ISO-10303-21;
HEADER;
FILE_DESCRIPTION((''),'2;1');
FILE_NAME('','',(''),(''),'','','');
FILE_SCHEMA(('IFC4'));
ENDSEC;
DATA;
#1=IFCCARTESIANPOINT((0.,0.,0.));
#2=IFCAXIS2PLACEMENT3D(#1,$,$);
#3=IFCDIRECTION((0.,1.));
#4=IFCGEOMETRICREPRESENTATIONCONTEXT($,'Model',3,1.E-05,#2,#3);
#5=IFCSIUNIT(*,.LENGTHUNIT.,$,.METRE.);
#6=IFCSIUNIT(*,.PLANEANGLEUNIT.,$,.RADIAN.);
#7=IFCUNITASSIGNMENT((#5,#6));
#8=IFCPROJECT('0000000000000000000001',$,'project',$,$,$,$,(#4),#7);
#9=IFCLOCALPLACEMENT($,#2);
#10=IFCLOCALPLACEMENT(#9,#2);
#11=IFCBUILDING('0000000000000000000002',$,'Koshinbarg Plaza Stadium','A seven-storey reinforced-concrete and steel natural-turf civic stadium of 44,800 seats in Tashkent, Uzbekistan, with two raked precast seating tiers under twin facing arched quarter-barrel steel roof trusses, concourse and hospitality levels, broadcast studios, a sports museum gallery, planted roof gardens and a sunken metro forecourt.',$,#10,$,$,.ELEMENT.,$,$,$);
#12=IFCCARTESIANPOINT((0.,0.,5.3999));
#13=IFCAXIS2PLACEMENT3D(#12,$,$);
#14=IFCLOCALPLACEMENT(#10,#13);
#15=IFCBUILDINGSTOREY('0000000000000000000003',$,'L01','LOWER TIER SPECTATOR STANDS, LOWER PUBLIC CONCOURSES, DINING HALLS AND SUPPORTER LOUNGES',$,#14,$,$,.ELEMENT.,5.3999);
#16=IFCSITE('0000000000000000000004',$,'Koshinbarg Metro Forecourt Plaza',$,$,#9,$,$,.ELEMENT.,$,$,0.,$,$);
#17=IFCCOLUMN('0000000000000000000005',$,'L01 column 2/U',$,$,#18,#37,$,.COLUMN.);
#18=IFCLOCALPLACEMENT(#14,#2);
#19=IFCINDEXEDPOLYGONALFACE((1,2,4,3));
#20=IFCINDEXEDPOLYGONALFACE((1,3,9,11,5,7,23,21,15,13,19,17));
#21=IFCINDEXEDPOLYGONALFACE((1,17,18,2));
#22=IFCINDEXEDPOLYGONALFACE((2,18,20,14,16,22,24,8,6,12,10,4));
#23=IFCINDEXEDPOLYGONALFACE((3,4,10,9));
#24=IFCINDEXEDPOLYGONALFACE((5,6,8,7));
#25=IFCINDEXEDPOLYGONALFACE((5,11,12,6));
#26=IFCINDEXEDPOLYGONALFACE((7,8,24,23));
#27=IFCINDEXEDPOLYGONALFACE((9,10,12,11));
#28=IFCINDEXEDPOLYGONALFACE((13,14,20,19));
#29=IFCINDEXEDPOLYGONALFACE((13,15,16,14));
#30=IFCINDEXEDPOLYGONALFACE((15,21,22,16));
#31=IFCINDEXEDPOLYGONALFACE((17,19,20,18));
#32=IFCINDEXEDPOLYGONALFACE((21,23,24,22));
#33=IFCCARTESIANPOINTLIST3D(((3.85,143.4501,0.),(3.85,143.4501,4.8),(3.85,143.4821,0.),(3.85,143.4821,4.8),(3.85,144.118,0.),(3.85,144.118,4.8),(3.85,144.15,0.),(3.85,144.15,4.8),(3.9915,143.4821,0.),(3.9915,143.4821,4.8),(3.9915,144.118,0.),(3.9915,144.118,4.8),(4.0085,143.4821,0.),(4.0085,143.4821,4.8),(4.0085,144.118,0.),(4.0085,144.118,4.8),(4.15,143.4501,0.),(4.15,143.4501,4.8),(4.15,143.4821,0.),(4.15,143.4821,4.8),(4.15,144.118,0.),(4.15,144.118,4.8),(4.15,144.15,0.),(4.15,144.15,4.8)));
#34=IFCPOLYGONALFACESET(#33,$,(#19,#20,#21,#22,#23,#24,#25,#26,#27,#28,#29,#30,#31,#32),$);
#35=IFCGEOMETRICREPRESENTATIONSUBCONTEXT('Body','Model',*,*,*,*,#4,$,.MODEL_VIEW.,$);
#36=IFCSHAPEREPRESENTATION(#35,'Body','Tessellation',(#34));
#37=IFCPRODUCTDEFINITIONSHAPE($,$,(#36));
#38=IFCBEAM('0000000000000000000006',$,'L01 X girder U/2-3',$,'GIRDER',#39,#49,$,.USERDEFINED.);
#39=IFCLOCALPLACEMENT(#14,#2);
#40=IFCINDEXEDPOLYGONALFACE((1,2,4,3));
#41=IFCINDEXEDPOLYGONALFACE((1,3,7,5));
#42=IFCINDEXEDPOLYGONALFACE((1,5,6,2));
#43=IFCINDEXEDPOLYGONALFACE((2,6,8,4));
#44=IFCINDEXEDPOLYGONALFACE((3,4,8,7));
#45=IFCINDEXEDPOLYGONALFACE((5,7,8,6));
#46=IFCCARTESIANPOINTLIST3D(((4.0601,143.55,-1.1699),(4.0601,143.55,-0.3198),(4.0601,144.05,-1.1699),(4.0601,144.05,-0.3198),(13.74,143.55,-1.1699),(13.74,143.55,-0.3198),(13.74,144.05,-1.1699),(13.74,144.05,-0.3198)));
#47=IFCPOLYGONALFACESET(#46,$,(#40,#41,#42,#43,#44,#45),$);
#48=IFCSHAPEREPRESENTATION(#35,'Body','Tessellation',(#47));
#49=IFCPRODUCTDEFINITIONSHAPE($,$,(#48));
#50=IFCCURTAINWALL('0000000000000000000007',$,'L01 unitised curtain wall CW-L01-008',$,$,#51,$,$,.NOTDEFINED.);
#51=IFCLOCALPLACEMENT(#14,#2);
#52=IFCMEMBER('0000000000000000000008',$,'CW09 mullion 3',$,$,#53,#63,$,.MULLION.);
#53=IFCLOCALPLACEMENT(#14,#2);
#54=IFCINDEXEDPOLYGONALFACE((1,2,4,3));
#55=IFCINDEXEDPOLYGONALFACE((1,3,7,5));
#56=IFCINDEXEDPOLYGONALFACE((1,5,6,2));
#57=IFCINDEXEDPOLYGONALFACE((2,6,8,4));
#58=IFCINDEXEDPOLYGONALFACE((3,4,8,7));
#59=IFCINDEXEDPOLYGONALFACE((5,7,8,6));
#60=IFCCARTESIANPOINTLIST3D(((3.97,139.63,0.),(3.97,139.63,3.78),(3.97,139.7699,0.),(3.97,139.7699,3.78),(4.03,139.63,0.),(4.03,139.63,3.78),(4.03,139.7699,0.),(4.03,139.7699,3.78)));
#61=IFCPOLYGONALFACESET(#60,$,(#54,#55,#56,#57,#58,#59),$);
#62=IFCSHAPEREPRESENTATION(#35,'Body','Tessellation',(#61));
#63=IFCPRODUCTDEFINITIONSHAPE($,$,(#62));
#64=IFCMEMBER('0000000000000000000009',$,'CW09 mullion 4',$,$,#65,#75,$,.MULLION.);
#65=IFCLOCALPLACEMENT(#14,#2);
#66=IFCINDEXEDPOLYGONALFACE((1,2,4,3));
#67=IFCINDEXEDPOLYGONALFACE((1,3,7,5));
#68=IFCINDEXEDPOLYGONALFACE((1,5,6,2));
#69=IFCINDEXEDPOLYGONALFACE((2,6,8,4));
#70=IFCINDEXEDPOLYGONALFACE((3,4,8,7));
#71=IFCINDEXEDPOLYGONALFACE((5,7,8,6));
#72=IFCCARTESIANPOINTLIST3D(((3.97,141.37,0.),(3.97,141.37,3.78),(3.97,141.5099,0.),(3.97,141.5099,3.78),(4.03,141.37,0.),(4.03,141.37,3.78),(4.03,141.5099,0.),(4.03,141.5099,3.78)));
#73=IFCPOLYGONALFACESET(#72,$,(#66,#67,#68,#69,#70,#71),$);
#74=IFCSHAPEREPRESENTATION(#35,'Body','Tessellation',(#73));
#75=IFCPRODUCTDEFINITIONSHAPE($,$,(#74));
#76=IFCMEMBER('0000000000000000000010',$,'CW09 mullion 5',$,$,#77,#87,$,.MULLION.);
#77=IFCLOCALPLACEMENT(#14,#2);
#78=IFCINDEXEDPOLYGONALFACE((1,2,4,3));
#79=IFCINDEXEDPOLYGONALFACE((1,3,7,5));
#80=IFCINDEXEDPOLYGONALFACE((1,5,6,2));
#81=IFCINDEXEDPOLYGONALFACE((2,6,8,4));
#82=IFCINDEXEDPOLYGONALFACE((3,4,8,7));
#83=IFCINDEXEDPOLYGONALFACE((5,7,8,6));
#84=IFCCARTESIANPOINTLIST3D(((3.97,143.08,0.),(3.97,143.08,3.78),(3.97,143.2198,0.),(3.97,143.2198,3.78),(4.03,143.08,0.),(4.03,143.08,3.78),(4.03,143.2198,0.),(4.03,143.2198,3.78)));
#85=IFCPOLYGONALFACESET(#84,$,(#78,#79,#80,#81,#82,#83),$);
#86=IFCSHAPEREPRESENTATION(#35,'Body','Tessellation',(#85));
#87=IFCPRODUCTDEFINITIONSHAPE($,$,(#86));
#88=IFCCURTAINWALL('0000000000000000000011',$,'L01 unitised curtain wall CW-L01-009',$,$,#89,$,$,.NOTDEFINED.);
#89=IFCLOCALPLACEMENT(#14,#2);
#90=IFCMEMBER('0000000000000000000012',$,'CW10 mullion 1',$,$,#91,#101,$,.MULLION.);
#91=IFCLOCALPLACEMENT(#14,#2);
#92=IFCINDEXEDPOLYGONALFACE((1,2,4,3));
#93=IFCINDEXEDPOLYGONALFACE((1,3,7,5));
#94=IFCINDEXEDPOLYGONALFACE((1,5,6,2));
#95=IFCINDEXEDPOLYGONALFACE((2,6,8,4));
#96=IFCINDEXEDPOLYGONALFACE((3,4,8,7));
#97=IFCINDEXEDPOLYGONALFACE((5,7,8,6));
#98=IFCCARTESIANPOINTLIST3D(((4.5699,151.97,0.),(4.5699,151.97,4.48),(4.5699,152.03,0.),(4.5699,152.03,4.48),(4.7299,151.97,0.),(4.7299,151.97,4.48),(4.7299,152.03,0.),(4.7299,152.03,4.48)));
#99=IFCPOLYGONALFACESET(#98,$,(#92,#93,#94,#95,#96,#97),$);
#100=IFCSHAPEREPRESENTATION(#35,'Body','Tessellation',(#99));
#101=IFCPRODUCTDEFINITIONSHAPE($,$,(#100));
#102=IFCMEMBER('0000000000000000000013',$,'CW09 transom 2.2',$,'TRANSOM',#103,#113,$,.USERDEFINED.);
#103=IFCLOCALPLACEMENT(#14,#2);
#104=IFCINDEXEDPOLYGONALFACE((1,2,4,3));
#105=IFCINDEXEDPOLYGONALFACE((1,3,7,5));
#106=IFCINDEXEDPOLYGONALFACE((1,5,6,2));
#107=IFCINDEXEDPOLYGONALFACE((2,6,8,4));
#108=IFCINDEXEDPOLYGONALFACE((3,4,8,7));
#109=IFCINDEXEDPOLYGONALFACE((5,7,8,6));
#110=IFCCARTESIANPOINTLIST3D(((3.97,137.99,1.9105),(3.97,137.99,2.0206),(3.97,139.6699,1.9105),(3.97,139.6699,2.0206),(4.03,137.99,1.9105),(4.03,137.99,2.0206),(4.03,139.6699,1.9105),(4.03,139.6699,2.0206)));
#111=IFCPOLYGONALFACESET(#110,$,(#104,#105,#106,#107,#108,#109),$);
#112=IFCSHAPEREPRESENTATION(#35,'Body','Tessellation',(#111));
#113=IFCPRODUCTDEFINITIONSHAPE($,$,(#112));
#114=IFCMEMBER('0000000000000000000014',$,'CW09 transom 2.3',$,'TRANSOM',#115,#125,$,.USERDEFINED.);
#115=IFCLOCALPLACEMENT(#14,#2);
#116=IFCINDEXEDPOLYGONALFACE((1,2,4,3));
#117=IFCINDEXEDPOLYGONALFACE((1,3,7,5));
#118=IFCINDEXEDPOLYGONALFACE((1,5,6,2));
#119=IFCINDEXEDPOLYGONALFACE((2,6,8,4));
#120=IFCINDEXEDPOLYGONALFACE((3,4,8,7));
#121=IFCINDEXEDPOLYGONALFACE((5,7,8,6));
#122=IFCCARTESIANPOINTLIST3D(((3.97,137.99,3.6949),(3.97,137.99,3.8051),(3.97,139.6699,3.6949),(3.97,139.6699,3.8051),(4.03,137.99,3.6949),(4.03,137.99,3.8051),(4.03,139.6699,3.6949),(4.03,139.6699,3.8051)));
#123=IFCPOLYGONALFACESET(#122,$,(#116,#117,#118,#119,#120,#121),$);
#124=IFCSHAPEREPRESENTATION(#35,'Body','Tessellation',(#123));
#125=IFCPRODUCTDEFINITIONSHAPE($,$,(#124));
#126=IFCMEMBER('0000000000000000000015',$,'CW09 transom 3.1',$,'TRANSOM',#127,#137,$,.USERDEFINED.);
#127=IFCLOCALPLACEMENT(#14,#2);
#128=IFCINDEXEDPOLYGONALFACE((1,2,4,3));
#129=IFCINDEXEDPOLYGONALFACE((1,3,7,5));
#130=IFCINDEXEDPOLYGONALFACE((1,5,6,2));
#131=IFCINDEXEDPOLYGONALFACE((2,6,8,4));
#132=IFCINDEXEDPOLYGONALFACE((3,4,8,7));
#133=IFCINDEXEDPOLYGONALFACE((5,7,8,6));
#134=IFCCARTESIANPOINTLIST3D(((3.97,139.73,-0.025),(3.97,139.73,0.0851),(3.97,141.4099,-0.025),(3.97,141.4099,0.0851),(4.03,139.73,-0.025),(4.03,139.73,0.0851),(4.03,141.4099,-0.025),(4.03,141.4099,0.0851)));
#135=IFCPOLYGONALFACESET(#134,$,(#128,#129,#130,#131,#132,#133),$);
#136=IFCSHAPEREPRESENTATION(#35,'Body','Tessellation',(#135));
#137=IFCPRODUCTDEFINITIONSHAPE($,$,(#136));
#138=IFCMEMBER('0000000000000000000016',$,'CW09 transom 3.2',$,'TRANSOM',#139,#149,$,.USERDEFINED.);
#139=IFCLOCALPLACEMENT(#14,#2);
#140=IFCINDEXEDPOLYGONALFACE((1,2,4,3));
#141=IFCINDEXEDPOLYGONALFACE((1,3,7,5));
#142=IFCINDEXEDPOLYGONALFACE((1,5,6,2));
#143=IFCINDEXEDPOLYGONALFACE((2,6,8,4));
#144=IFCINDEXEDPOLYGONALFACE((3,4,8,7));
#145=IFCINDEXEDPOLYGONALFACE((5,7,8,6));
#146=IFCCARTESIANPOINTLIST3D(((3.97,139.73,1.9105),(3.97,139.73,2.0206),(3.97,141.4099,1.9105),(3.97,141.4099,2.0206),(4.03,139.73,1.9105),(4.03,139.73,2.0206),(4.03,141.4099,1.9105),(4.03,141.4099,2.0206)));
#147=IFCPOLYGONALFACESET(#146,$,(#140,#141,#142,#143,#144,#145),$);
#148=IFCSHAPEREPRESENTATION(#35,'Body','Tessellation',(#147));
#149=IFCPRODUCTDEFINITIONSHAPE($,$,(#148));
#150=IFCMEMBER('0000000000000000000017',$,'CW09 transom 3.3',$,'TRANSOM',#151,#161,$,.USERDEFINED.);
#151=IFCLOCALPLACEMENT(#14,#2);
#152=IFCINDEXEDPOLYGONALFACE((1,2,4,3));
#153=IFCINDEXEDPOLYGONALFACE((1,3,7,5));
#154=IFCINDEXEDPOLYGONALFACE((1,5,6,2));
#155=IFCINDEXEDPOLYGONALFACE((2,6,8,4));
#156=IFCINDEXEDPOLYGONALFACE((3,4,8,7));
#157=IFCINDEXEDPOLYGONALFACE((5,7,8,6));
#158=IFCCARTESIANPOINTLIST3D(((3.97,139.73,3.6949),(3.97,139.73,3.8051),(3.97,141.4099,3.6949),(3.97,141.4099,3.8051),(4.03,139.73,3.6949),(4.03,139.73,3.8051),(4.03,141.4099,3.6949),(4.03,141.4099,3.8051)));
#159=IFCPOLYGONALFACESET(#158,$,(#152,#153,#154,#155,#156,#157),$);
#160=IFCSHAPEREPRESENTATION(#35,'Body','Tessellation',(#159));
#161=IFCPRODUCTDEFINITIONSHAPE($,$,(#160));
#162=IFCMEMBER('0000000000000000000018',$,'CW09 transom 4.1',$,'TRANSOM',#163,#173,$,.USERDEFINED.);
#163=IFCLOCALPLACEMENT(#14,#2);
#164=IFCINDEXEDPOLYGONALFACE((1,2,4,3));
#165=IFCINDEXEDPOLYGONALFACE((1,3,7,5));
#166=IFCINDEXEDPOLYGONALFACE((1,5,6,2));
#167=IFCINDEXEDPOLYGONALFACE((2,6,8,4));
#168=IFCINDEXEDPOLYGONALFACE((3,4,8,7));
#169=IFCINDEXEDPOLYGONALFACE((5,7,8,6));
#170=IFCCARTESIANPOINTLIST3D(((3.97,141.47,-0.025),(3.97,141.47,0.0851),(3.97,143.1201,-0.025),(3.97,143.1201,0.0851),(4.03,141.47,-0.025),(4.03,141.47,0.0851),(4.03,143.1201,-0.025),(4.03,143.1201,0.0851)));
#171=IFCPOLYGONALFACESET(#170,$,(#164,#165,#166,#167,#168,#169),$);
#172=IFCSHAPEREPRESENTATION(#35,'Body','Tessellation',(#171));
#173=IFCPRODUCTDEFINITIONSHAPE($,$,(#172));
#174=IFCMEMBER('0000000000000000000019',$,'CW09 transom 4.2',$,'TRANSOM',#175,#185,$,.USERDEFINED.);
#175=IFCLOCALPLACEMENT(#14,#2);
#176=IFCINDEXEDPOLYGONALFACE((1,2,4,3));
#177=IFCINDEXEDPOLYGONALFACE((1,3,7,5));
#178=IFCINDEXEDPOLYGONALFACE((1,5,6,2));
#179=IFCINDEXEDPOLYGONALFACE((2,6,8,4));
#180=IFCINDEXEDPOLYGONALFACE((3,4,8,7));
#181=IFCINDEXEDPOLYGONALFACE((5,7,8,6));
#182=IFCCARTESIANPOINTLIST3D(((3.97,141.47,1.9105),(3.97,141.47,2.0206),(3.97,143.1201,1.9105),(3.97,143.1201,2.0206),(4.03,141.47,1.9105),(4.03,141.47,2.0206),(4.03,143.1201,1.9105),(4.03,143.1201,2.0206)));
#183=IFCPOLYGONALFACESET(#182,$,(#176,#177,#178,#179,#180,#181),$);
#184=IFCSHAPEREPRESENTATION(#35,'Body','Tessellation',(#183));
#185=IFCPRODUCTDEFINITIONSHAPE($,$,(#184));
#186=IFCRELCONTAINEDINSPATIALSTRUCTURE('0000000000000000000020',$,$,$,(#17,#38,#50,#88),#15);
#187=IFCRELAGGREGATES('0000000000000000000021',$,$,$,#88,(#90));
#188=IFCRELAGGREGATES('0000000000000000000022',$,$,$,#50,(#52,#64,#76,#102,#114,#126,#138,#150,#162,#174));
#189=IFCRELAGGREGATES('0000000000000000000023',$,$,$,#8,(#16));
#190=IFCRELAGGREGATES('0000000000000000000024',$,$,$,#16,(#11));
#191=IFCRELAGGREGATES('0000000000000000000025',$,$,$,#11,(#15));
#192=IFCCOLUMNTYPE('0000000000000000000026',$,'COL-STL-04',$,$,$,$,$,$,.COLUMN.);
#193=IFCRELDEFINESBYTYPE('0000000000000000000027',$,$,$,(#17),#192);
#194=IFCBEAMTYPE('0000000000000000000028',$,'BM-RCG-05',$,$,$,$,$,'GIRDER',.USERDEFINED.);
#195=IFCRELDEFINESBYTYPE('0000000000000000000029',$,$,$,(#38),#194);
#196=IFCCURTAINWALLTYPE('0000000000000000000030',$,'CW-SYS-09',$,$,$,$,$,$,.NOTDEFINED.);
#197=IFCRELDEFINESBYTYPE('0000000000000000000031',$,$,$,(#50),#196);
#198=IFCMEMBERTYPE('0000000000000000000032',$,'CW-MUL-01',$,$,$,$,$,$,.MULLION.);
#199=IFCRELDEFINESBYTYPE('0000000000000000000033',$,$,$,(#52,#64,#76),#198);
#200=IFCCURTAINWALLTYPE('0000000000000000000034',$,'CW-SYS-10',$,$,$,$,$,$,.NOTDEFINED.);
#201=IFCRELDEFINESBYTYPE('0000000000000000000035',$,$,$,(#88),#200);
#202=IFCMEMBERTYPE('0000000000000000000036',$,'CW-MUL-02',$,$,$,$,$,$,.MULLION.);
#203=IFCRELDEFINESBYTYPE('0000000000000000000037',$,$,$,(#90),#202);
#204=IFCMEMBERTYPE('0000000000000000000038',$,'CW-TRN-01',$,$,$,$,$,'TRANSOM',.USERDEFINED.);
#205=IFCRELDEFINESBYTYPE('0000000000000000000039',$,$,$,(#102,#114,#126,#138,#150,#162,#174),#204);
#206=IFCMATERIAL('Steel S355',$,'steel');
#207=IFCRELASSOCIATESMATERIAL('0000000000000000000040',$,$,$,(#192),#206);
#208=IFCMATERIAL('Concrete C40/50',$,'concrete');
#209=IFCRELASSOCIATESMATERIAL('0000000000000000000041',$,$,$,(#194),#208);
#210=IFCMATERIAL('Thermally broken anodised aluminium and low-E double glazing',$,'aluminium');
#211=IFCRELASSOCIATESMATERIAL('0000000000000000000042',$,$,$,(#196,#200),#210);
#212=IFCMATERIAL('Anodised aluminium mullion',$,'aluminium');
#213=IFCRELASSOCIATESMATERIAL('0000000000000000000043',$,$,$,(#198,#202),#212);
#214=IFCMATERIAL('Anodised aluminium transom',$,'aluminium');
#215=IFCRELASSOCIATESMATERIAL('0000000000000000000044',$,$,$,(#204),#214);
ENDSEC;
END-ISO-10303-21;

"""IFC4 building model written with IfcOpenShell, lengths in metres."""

from ifc_helpers import new_model, si_unit, direction, frame, origin, origin_2d, place, context, subcontext, project, spatial, rectangle, i_section, extrude, material, material_profile, profile_set, type_object, element, aggregate, save


model = new_model("IFC4")

# Units and contexts
model_context = context("Model", 3, precision=1e-05, world=origin(), true_north=direction((0.0, 1.0)))
body_context = subcontext(model_context, "Body", "Model", "MODEL_VIEW")
ifc_project = project(units=[si_unit("LENGTHUNIT", "METRE"), si_unit("PLANEANGLEUNIT", "RADIAN")], contexts=[model_context])

# Site, building, storey
site_placement = place(None, origin())
site = spatial("IfcSite", under=ifc_project, at=site_placement, Name="Koshinbarg Metro Forecourt Plaza", CompositionType="ELEMENT", RefElevation=0.0)
building_placement = place(site_placement, origin())
building = spatial("IfcBuilding", under=site, at=building_placement, Name="Koshinbarg Plaza Stadium", Description="A seven-storey reinforced-concrete and steel natural-turf civic stadium of 44,800 seats in Tashkent, Uzbekistan, with two raked precast seating tiers under twin facing arched quarter-barrel steel roof trusses, concourse and hospitality levels, broadcast studios, a sports museum gallery, planted roof gardens and a sunken metro forecourt.", CompositionType="ELEMENT")
storey_placement = place(building_placement, frame((0.0, 0.0, 5.3999)))
storey = spatial("IfcBuildingStorey", under=building, at=storey_placement, Name="L01", Description="LOWER TIER SPECTATOR STANDS, LOWER PUBLIC CONCOURSES, DINING HALLS AND SUPPORTER LOUNGES", CompositionType="ELEMENT", Elevation=5.3999)

# Column
ifc_material_1 = material(Name="Steel S355", Category="steel")
ifc_material_profile_1 = material_profile(ifc_material_1, i_section(OverallWidth=0.3, OverallDepth=0.7, WebThickness=0.0171, FlangeThickness=0.032, at=origin_2d()), Name="HEB 700")
ifc_profile_set_1 = profile_set([ifc_material_profile_1], Name="Steel S355")
column_type = type_object("IfcColumnType", Name="COL-STL-04", PredefinedType="COLUMN", material=ifc_profile_set_1)
column_placement = place(storey_placement, frame((4.0, 143.8, 0.0), z_axis=(0.0, 0.0, 1.0), x_axis=(1.0, 0.0, 0.0)))
element("IfcColumn", 1, at=column_placement, inside=storey, type_object=column_type, Name="L01 column 2/U", PredefinedType="COLUMN", context=body_context, shape_type="SweptSolid", body=[
    extrude(i_section(OverallWidth=0.3, OverallDepth=0.7, WebThickness=0.0171, FlangeThickness=0.032, at=origin_2d()), origin(), (0.0, 0.0, 1.0), 4.8),
])

# Beam
ifc_material_2 = material(Name="Concrete C40/50", Category="concrete")
ifc_material_profile_2 = material_profile(ifc_material_2, rectangle(XDim=0.5, YDim=0.8501, at=origin_2d()), Name="RC 500x850")
ifc_profile_set_2 = profile_set([ifc_material_profile_2], Name="Concrete C40/50")
beam_type = type_object("IfcBeamType", Name="BM-RCG-05", ElementType="GIRDER", PredefinedType="USERDEFINED", material=ifc_profile_set_2)
beam_placement = place(storey_placement, frame((4.0601, 143.8, -0.7449), z_axis=(1.0, 0.0, 0.0), x_axis=(0.0, 1.0, 0.0)))
element("IfcBeam", 2, at=beam_placement, inside=storey, type_object=beam_type, Name="L01 X girder U/2-3", ObjectType="GIRDER", PredefinedType="USERDEFINED", context=body_context, shape_type="SweptSolid", body=[
    extrude(rectangle(XDim=0.5, YDim=0.8501, at=origin_2d()), origin(), (0.0, 0.0, 1.0), 9.6799),
])

# Curtain wall, members
ifc_material_3 = material(Name="Thermally broken anodised aluminium and low-E double glazing", Category="aluminium")
curtain_wall_type_1 = type_object("IfcCurtainWallType", Name="CW-SYS-09", PredefinedType="NOTDEFINED", material=ifc_material_3)
curtain_wall_1_placement = place(storey_placement, origin())
curtain_wall_1 = element("IfcCurtainWall", 3, at=curtain_wall_1_placement, inside=storey, type_object=curtain_wall_type_1, Name="L01 unitised curtain wall CW-L01-008", PredefinedType="NOTDEFINED")
ifc_material_4 = material(Name="Anodised aluminium mullion", Category="aluminium")
ifc_material_profile_3 = material_profile(ifc_material_4, rectangle(XDim=0.0601, YDim=0.1399, at=origin_2d()), Name="ALU 60x140")
ifc_profile_set_3 = profile_set([ifc_material_profile_3], Name="Anodised aluminium mullion")
member_type_1 = type_object("IfcMemberType", Name="CW-MUL-01", PredefinedType="MULLION", material=ifc_profile_set_3)
member_1_placement = place(storey_placement, frame((4.0, 139.7, 0.0), z_axis=(0.0, 0.0, 1.0), x_axis=(-1.0, 0.0, 0.0)))
member_1 = element("IfcMember", 4, at=member_1_placement, type_object=member_type_1, Name="CW09 mullion 3", PredefinedType="MULLION", context=body_context, shape_type="SweptSolid", body=[
    extrude(rectangle(XDim=0.0601, YDim=0.1399, at=origin_2d()), origin(), (0.0, 0.0, 1.0), 3.78),
])
member_2_placement = place(storey_placement, frame((4.0, 141.4399, 0.0), z_axis=(0.0, 0.0, 1.0), x_axis=(-1.0, 0.0, 0.0)))
member_2 = element("IfcMember", 5, at=member_2_placement, type_object=member_type_1, Name="CW09 mullion 4", PredefinedType="MULLION", context=body_context, shape_type="SweptSolid", body=[
    extrude(rectangle(XDim=0.0601, YDim=0.1399, at=origin_2d()), origin(), (0.0, 0.0, 1.0), 3.78),
])
member_3_placement = place(storey_placement, frame((4.0, 143.1499, 0.0), z_axis=(0.0, 0.0, 1.0), x_axis=(-1.0, 0.0, 0.0)))
member_3 = element("IfcMember", 6, at=member_3_placement, type_object=member_type_1, Name="CW09 mullion 5", PredefinedType="MULLION", context=body_context, shape_type="SweptSolid", body=[
    extrude(rectangle(XDim=0.0601, YDim=0.1399, at=origin_2d()), origin(), (0.0, 0.0, 1.0), 3.78),
])

# Curtain wall, member
curtain_wall_type_2 = type_object("IfcCurtainWallType", Name="CW-SYS-10", PredefinedType="NOTDEFINED", material=ifc_material_3)
curtain_wall_2_placement = place(storey_placement, origin())
curtain_wall_2 = element("IfcCurtainWall", 7, at=curtain_wall_2_placement, inside=storey, type_object=curtain_wall_type_2, Name="L01 unitised curtain wall CW-L01-009", PredefinedType="NOTDEFINED")
ifc_material_profile_4 = material_profile(ifc_material_4, rectangle(XDim=0.0601, YDim=0.1599, at=origin_2d()), Name="ALU 60x160")
ifc_profile_set_4 = profile_set([ifc_material_profile_4], Name="Anodised aluminium mullion")
member_type_2 = type_object("IfcMemberType", Name="CW-MUL-02", PredefinedType="MULLION", material=ifc_profile_set_4)
member_4_placement = place(storey_placement, frame((4.6499, 152.0, 0.0), z_axis=(0.0, 0.0, 1.0), x_axis=(0.0, 1.0, 0.0)))
member_4 = element("IfcMember", 8, at=member_4_placement, type_object=member_type_2, Name="CW10 mullion 1", PredefinedType="MULLION", context=body_context, shape_type="SweptSolid", body=[
    extrude(rectangle(XDim=0.0601, YDim=0.1599, at=origin_2d()), origin(), (0.0, 0.0, 1.0), 4.48),
])

# Members
ifc_material_5 = material(Name="Anodised aluminium transom", Category="aluminium")
ifc_material_profile_5 = material_profile(ifc_material_5, rectangle(XDim=0.0601, YDim=0.1101, at=origin_2d()), Name="ALU 60x110")
ifc_profile_set_5 = profile_set([ifc_material_profile_5], Name="Anodised aluminium transom")
member_type_3 = type_object("IfcMemberType", Name="CW-TRN-01", ElementType="TRANSOM", PredefinedType="USERDEFINED", material=ifc_profile_set_5)
member_5_placement = place(storey_placement, frame((4.0, 137.99, 1.9656), z_axis=(0.0, 1.0, 0.0), x_axis=(-1.0, 0.0, 0.0)))
member_5 = element("IfcMember", 9, at=member_5_placement, type_object=member_type_3, Name="CW09 transom 2.2", ObjectType="TRANSOM", PredefinedType="USERDEFINED", context=body_context, shape_type="SweptSolid", body=[
    extrude(rectangle(XDim=0.0601, YDim=0.1101, at=origin_2d()), origin(), (0.0, 0.0, 1.0), 1.6799),
])
member_6_placement = place(storey_placement, frame((4.0, 137.99, 3.75), z_axis=(0.0, 1.0, 0.0), x_axis=(-1.0, 0.0, 0.0)))
member_6 = element("IfcMember", 10, at=member_6_placement, type_object=member_type_3, Name="CW09 transom 2.3", ObjectType="TRANSOM", PredefinedType="USERDEFINED", context=body_context, shape_type="SweptSolid", body=[
    extrude(rectangle(XDim=0.0601, YDim=0.1101, at=origin_2d()), origin(), (0.0, 0.0, 1.0), 1.6799),
])
member_7_placement = place(storey_placement, frame((4.0, 139.73, 0.03), z_axis=(0.0, 1.0, 0.0), x_axis=(-1.0, 0.0, 0.0)))
member_7 = element("IfcMember", 11, at=member_7_placement, type_object=member_type_3, Name="CW09 transom 3.1", ObjectType="TRANSOM", PredefinedType="USERDEFINED", context=body_context, shape_type="SweptSolid", body=[
    extrude(rectangle(XDim=0.0601, YDim=0.1101, at=origin_2d()), origin(), (0.0, 0.0, 1.0), 1.6799),
])
member_8_placement = place(storey_placement, frame((4.0, 139.73, 1.9656), z_axis=(0.0, 1.0, 0.0), x_axis=(-1.0, 0.0, 0.0)))
member_8 = element("IfcMember", 12, at=member_8_placement, type_object=member_type_3, Name="CW09 transom 3.2", ObjectType="TRANSOM", PredefinedType="USERDEFINED", context=body_context, shape_type="SweptSolid", body=[
    extrude(rectangle(XDim=0.0601, YDim=0.1101, at=origin_2d()), origin(), (0.0, 0.0, 1.0), 1.6799),
])
member_9_placement = place(storey_placement, frame((4.0, 139.73, 3.75), z_axis=(0.0, 1.0, 0.0), x_axis=(-1.0, 0.0, 0.0)))
member_9 = element("IfcMember", 13, at=member_9_placement, type_object=member_type_3, Name="CW09 transom 3.3", ObjectType="TRANSOM", PredefinedType="USERDEFINED", context=body_context, shape_type="SweptSolid", body=[
    extrude(rectangle(XDim=0.0601, YDim=0.1101, at=origin_2d()), origin(), (0.0, 0.0, 1.0), 1.6799),
])
member_10_placement = place(storey_placement, frame((4.0, 141.47, 0.03), z_axis=(0.0, 1.0, 0.0), x_axis=(-1.0, 0.0, 0.0)))
member_10 = element("IfcMember", 14, at=member_10_placement, type_object=member_type_3, Name="CW09 transom 4.1", ObjectType="TRANSOM", PredefinedType="USERDEFINED", context=body_context, shape_type="SweptSolid", body=[
    extrude(rectangle(XDim=0.0601, YDim=0.1101, at=origin_2d()), origin(), (0.0, 0.0, 1.0), 1.6501),
])
member_11_placement = place(storey_placement, frame((4.0, 141.47, 1.9656), z_axis=(0.0, 1.0, 0.0), x_axis=(-1.0, 0.0, 0.0)))
member_11 = element("IfcMember", 15, at=member_11_placement, type_object=member_type_3, Name="CW09 transom 4.2", ObjectType="TRANSOM", PredefinedType="USERDEFINED", context=body_context, shape_type="SweptSolid", body=[
    extrude(rectangle(XDim=0.0601, YDim=0.1101, at=origin_2d()), origin(), (0.0, 0.0, 1.0), 1.6501),
])
aggregate(curtain_wall_2, [member_4])

aggregate(curtain_wall_1, [member_1, member_2, member_3, member_5, member_6, member_7, member_8, member_9, member_10, member_11])

save(model, "model.ifc")
